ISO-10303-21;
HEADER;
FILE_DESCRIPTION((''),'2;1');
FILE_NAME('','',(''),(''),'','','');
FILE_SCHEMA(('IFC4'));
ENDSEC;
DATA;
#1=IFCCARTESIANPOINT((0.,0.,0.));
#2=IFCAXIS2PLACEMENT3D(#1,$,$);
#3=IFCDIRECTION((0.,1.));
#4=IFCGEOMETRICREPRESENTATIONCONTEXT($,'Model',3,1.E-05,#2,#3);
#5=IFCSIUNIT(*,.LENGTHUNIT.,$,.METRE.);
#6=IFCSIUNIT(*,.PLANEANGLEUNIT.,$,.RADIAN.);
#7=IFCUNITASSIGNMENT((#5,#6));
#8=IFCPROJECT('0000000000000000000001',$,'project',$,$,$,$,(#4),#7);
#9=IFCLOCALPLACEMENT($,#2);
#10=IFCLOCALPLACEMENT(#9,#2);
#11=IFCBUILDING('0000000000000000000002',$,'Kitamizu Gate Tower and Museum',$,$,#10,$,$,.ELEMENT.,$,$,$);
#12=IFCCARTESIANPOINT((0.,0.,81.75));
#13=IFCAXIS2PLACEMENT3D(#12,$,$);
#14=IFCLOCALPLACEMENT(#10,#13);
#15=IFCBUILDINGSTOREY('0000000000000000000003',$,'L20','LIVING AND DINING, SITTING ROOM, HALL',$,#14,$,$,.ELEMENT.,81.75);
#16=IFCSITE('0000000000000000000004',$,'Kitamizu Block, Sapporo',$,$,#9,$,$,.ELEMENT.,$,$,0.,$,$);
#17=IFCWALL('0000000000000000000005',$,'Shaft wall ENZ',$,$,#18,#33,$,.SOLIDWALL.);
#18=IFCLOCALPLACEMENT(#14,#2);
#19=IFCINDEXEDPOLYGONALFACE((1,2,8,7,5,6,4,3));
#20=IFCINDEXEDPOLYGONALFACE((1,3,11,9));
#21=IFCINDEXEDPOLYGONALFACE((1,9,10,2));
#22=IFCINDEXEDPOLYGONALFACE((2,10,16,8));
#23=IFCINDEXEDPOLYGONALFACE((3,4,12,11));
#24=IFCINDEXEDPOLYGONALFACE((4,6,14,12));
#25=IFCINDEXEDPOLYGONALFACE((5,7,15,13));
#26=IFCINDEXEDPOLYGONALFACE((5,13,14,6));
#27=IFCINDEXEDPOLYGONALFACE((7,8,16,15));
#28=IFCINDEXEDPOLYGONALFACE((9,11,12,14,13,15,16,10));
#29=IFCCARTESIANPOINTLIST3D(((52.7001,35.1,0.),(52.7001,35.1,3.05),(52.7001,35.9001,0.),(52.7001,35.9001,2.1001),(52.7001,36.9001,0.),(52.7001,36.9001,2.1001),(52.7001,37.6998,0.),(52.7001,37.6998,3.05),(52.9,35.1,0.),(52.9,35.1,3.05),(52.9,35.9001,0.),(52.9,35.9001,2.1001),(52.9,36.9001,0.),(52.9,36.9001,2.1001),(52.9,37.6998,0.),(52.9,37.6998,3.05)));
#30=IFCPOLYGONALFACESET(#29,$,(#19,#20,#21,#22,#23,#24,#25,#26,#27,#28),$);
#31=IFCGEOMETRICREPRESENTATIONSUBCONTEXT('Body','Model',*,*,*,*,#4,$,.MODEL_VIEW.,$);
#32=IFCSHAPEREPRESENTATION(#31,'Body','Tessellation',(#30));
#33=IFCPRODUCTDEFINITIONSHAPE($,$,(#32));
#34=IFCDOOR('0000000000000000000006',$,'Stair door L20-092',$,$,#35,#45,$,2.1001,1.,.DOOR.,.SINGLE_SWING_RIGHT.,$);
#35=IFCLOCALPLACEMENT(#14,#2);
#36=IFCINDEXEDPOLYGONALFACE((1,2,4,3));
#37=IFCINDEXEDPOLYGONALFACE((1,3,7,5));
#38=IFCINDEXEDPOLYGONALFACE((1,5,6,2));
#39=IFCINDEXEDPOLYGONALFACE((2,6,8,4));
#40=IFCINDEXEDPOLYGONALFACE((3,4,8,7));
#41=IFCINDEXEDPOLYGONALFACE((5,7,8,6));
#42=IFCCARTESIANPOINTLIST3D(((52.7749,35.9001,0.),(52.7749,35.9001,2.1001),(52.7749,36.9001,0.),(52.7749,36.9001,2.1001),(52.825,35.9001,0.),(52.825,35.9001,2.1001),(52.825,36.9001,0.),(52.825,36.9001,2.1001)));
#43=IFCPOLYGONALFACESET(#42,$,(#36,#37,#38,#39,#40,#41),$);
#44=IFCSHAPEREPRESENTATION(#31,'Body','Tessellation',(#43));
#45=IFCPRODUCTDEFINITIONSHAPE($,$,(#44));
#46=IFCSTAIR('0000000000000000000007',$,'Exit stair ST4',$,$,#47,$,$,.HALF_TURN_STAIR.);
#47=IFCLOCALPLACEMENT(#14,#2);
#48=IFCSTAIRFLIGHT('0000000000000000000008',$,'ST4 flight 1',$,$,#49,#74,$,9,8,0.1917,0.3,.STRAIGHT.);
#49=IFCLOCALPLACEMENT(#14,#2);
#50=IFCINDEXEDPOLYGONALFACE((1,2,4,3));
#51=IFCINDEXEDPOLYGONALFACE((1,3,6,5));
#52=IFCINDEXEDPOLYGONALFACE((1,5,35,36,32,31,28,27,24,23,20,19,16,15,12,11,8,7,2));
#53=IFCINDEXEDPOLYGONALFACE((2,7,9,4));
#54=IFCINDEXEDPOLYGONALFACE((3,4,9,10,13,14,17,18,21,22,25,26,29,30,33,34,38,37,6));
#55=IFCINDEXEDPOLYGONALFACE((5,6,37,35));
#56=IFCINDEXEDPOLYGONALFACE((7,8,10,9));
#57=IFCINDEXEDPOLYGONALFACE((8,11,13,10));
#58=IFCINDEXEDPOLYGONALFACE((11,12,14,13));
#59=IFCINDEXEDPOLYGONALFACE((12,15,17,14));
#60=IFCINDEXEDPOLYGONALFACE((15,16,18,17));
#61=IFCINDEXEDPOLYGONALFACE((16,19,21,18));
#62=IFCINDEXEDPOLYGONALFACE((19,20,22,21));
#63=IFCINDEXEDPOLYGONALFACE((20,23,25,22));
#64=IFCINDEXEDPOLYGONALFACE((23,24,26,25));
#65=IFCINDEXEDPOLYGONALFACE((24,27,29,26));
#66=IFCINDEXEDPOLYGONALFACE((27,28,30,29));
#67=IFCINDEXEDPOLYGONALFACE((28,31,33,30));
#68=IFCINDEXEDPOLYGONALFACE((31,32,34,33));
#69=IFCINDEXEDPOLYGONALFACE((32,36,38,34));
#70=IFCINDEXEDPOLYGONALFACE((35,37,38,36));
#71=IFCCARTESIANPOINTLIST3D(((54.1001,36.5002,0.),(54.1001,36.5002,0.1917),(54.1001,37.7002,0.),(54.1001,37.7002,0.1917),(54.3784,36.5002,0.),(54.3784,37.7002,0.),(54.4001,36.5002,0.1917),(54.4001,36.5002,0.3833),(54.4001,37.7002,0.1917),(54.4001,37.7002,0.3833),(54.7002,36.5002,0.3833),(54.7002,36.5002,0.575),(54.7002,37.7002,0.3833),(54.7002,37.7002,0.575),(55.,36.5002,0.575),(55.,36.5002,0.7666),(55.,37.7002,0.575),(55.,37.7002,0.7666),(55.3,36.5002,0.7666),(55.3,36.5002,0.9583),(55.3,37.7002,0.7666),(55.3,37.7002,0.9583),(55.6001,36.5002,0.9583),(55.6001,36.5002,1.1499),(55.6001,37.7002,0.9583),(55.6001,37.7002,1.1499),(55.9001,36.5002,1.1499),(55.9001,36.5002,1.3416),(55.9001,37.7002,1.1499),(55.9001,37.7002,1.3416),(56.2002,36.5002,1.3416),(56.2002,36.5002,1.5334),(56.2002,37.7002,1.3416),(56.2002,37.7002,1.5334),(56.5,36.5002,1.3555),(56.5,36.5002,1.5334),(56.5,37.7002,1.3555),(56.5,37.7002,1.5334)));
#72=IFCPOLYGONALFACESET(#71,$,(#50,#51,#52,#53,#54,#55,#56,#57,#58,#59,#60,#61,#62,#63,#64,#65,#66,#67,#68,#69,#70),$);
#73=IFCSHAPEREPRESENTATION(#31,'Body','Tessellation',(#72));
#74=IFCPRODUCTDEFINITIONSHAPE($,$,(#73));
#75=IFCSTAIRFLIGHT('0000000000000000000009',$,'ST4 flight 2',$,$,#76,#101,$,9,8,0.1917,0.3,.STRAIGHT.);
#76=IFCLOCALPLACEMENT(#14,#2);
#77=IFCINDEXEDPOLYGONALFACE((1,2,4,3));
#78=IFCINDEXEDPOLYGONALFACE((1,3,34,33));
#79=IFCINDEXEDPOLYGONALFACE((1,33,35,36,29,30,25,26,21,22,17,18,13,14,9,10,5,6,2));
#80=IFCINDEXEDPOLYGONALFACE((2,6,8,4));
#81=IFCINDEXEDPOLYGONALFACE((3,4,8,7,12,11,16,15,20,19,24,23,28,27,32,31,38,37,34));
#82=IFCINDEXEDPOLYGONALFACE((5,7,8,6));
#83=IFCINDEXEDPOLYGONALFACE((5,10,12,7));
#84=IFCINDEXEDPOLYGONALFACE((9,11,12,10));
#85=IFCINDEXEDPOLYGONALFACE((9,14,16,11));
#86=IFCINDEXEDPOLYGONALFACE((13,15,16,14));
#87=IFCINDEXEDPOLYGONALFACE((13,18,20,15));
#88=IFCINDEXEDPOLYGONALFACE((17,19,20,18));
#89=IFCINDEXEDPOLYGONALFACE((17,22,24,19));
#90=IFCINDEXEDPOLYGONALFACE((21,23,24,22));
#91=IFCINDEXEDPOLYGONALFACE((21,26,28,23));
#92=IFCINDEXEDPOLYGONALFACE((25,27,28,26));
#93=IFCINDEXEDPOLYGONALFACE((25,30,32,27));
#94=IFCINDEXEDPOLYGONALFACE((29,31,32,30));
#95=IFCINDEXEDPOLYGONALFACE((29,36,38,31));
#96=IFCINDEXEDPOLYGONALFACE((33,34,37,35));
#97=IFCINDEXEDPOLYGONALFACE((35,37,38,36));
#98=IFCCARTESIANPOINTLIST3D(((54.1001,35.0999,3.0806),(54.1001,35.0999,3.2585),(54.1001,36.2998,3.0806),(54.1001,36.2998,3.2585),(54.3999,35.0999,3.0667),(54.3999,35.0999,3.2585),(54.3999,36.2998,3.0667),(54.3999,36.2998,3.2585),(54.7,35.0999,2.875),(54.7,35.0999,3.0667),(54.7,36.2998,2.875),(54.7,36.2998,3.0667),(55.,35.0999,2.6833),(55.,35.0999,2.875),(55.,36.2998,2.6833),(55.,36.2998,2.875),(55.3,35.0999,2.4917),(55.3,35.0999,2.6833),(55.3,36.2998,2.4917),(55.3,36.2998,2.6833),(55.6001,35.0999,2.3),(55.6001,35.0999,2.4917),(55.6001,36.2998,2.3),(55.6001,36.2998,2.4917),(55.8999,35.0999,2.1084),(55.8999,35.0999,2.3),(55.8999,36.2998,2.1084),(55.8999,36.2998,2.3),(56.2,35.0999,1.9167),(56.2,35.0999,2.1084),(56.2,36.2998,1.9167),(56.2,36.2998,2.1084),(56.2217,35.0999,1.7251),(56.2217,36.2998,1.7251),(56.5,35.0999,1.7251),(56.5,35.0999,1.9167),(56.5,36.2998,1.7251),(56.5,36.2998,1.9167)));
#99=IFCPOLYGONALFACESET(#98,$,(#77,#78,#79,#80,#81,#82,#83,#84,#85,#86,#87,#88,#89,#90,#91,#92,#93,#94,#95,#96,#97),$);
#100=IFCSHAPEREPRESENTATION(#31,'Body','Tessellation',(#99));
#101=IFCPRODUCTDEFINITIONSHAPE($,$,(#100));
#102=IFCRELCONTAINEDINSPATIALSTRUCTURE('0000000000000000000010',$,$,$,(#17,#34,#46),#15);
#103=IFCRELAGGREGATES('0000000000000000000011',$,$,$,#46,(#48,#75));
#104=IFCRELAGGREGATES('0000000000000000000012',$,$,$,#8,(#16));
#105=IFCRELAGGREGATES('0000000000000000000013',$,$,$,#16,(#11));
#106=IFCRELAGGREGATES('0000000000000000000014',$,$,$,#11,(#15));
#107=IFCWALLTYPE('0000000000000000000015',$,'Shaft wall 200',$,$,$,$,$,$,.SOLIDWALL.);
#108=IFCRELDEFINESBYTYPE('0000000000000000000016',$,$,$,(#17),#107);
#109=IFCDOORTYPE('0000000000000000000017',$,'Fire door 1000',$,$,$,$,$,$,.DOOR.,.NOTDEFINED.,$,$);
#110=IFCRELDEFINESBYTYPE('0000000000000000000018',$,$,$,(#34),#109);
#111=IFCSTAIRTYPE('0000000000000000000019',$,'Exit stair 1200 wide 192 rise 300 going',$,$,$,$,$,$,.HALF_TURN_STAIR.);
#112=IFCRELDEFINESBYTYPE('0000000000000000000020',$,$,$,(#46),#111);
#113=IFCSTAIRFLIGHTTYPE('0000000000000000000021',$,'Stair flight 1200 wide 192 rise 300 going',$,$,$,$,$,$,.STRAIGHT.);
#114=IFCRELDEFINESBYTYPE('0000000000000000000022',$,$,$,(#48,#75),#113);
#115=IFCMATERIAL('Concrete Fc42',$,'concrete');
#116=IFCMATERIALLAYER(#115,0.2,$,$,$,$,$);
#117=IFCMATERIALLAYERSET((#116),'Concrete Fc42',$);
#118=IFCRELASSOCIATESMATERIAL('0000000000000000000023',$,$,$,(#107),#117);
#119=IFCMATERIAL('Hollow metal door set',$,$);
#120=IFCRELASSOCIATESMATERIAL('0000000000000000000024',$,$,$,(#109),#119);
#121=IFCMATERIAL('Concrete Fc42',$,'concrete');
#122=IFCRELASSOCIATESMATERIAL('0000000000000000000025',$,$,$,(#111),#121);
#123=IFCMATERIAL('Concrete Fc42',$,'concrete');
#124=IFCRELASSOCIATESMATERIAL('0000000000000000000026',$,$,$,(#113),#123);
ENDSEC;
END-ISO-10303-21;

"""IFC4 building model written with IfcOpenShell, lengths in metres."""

from ifc_helpers import new_model, si_unit, direction, frame, frame_2d, origin, place, context, subcontext, project, spatial, polyline, rectangle, outline, extrude, material, layer, layer_set, type_object, element, fill, aggregate, save


model = new_model("IFC4")

# Units and contexts
model_context = context("Model", 3, precision=1e-05, world=origin(), true_north=direction((0.0, 1.0)))
body_context = subcontext(model_context, "Body", "Model", "MODEL_VIEW")
ifc_project = project(units=[si_unit("LENGTHUNIT", "METRE"), si_unit("PLANEANGLEUNIT", "RADIAN")], contexts=[model_context])

# Site, building, storey
site_placement = place(None, origin())
site = spatial("IfcSite", under=ifc_project, at=site_placement, Name="Kitamizu Block, Sapporo", CompositionType="ELEMENT", RefElevation=0.0)
building_placement = place(site_placement, origin())
building = spatial("IfcBuilding", under=site, at=building_placement, Name="Kitamizu Gate Tower and Museum", CompositionType="ELEMENT")
storey_placement = place(building_placement, frame((0.0, 0.0, 81.75)))
storey = spatial("IfcBuildingStorey", under=building, at=storey_placement, Name="L20", Description="LIVING AND DINING, SITTING ROOM, HALL", CompositionType="ELEMENT", Elevation=81.75)

# Shared definitions
ifc_material_1 = material(Name="Concrete Fc42", Category="concrete")
ifc_layer_1 = layer(ifc_material_1, 0.2)
ifc_layer_set_1 = layer_set([ifc_layer_1], Name="Concrete Fc42")
wall_type_1 = type_object("IfcWallType", Name="Shaft wall 200", PredefinedType="SOLIDWALL", material=ifc_layer_set_1)

# Wall, opening, door
wall_1_placement = place(storey_placement, frame((52.8, 35.1001, 0.0), z_axis=(0.0, 0.0, 1.0), x_axis=(0.0, 1.0, 0.0)))
wall_1 = element("IfcWall", 1, at=wall_1_placement, inside=storey, type_object=wall_type_1, Name="Shaft wall ENZ", PredefinedType="SOLIDWALL", context=body_context, shape_type="SweptSolid", body=[
    extrude(rectangle(XDim=2.5999, YDim=0.2, at=frame_2d((1.2998, 0.0))), origin(), (0.0, 0.0, 1.0), 3.05),
])
opening_1_placement = place(wall_1_placement, frame((0.8, 0.0, 0.0)))
opening_1 = element("IfcOpeningElement", 2, at=opening_1_placement, cuts=wall_1, PredefinedType="OPENING", context=body_context, shape_type="SweptSolid", body=[
    extrude(rectangle(XDim=1.0, YDim=2.1001, at=frame_2d((0.5, 1.05))), frame((0.0, 0.1099, 0.0), z_axis=(0.0, -1.0, 0.0), x_axis=(1.0, 0.0, 0.0)), (0.0, 0.0, 1.0), 0.22),
])
ifc_material_2 = material(Name="Hollow metal door set")
door_type_1 = type_object("IfcDoorType", Name="Fire door 1000", OperationType="NOTDEFINED", PredefinedType="DOOR", material=ifc_material_2)
door_1_placement = place(opening_1_placement, frame((1.0, 0.0, 0.0), x_axis=(-1.0, 0.0, 0.0)))
door_1 = element("IfcDoor", 3, at=door_1_placement, inside=storey, type_object=door_type_1, Name="Stair door L20-092", OperationType="SINGLE_SWING_RIGHT", OverallHeight=2.1001, OverallWidth=1.0, PredefinedType="DOOR", context=body_context, shape_type="SweptSolid", body=[
    extrude(rectangle(XDim=1.0, YDim=2.1001, at=frame_2d((0.5, 1.05))), frame((0.0, 0.0249, 0.0), z_axis=(0.0, -1.0, 0.0), x_axis=(1.0, 0.0, 0.0)), (0.0, 0.0, 1.0), 0.05),
])
fill(opening_1, door_1)

# Stair, stair flights
ifc_material_3 = material(Name="Concrete Fc42", Category="concrete")
stair_type = type_object("IfcStairType", Name="Exit stair 1200 wide 192 rise 300 going", PredefinedType="HALF_TURN_STAIR", material=ifc_material_3)
stair_placement = place(storey_placement, origin())
stair = element("IfcStair", 4, at=stair_placement, inside=storey, type_object=stair_type, Name="Exit stair ST4", PredefinedType="HALF_TURN_STAIR")
ifc_material_4 = material(Name="Concrete Fc42", Category="concrete")
stair_flight_type = type_object("IfcStairFlightType", Name="Stair flight 1200 wide 192 rise 300 going", PredefinedType="STRAIGHT", material=ifc_material_4)
stair_flight_1_placement = place(storey_placement, frame((54.1001, 37.1001, 0.0), z_axis=(0.0, 0.0, 1.0), x_axis=(1.0, 0.0, 0.0)))
stair_flight_1 = element("IfcStairFlight", 5, at=stair_flight_1_placement, type_object=stair_flight_type, Name="ST4 flight 1", NumberOfRisers=9, NumberOfTreads=8, PredefinedType="STRAIGHT", RiserHeight=0.1917, TreadLength=0.3, context=body_context, shape_type="SweptSolid", body=[
    extrude(outline(polyline([(0.0, 0.0), (0.0, 0.1917), (0.3, 0.1917), (0.3, 0.3833), (0.6001, 0.3833), (0.6001, 0.575), (0.8999, 0.575), (0.8999, 0.7666), (1.2, 0.7666), (1.2, 0.9583), (1.5, 0.9583), (1.5, 1.1499), (1.8, 1.1499), (1.8, 1.3416), (2.1001, 1.3416), (2.1001, 1.5334), (2.3999, 1.5334), (2.3999, 1.7251), (2.3999, 1.3555), (0.2783, 0.0), (0.0, 0.0)])), frame((0.0, 0.6001, 0.0), z_axis=(0.0, -1.0, 0.0), x_axis=(1.0, 0.0, 0.0)), (0.0, 0.0, 1.0), 1.2),
])
stair_flight_2_placement = place(storey_placement, frame((56.5, 35.7, 1.7251), z_axis=(0.0, 0.0, 1.0), x_axis=(-1.0, 0.0, 0.0)))
stair_flight_2 = element("IfcStairFlight", 6, at=stair_flight_2_placement, type_object=stair_flight_type, Name="ST4 flight 2", NumberOfRisers=9, NumberOfTreads=8, PredefinedType="STRAIGHT", RiserHeight=0.1917, TreadLength=0.3, context=body_context, shape_type="SweptSolid", body=[
    extrude(outline(polyline([(0.0, 0.0), (0.0, 0.1917), (0.3, 0.1917), (0.3, 0.3833), (0.6001, 0.3833), (0.6001, 0.575), (0.8999, 0.575), (0.8999, 0.7666), (1.2, 0.7666), (1.2, 0.9583), (1.5, 0.9583), (1.5, 1.1499), (1.8, 1.1499), (1.8, 1.3416), (2.1001, 1.3416), (2.1001, 1.5334), (2.3999, 1.5334), (2.3999, 1.7251), (2.3999, 1.3555), (0.2783, 0.0), (0.0, 0.0)])), frame((0.0, 0.6001, 0.0), z_axis=(0.0, -1.0, 0.0), x_axis=(1.0, 0.0, 0.0)), (0.0, 0.0, 1.0), 1.2),
])
aggregate(stair, [stair_flight_1, stair_flight_2])

save(model, "model.ifc")
